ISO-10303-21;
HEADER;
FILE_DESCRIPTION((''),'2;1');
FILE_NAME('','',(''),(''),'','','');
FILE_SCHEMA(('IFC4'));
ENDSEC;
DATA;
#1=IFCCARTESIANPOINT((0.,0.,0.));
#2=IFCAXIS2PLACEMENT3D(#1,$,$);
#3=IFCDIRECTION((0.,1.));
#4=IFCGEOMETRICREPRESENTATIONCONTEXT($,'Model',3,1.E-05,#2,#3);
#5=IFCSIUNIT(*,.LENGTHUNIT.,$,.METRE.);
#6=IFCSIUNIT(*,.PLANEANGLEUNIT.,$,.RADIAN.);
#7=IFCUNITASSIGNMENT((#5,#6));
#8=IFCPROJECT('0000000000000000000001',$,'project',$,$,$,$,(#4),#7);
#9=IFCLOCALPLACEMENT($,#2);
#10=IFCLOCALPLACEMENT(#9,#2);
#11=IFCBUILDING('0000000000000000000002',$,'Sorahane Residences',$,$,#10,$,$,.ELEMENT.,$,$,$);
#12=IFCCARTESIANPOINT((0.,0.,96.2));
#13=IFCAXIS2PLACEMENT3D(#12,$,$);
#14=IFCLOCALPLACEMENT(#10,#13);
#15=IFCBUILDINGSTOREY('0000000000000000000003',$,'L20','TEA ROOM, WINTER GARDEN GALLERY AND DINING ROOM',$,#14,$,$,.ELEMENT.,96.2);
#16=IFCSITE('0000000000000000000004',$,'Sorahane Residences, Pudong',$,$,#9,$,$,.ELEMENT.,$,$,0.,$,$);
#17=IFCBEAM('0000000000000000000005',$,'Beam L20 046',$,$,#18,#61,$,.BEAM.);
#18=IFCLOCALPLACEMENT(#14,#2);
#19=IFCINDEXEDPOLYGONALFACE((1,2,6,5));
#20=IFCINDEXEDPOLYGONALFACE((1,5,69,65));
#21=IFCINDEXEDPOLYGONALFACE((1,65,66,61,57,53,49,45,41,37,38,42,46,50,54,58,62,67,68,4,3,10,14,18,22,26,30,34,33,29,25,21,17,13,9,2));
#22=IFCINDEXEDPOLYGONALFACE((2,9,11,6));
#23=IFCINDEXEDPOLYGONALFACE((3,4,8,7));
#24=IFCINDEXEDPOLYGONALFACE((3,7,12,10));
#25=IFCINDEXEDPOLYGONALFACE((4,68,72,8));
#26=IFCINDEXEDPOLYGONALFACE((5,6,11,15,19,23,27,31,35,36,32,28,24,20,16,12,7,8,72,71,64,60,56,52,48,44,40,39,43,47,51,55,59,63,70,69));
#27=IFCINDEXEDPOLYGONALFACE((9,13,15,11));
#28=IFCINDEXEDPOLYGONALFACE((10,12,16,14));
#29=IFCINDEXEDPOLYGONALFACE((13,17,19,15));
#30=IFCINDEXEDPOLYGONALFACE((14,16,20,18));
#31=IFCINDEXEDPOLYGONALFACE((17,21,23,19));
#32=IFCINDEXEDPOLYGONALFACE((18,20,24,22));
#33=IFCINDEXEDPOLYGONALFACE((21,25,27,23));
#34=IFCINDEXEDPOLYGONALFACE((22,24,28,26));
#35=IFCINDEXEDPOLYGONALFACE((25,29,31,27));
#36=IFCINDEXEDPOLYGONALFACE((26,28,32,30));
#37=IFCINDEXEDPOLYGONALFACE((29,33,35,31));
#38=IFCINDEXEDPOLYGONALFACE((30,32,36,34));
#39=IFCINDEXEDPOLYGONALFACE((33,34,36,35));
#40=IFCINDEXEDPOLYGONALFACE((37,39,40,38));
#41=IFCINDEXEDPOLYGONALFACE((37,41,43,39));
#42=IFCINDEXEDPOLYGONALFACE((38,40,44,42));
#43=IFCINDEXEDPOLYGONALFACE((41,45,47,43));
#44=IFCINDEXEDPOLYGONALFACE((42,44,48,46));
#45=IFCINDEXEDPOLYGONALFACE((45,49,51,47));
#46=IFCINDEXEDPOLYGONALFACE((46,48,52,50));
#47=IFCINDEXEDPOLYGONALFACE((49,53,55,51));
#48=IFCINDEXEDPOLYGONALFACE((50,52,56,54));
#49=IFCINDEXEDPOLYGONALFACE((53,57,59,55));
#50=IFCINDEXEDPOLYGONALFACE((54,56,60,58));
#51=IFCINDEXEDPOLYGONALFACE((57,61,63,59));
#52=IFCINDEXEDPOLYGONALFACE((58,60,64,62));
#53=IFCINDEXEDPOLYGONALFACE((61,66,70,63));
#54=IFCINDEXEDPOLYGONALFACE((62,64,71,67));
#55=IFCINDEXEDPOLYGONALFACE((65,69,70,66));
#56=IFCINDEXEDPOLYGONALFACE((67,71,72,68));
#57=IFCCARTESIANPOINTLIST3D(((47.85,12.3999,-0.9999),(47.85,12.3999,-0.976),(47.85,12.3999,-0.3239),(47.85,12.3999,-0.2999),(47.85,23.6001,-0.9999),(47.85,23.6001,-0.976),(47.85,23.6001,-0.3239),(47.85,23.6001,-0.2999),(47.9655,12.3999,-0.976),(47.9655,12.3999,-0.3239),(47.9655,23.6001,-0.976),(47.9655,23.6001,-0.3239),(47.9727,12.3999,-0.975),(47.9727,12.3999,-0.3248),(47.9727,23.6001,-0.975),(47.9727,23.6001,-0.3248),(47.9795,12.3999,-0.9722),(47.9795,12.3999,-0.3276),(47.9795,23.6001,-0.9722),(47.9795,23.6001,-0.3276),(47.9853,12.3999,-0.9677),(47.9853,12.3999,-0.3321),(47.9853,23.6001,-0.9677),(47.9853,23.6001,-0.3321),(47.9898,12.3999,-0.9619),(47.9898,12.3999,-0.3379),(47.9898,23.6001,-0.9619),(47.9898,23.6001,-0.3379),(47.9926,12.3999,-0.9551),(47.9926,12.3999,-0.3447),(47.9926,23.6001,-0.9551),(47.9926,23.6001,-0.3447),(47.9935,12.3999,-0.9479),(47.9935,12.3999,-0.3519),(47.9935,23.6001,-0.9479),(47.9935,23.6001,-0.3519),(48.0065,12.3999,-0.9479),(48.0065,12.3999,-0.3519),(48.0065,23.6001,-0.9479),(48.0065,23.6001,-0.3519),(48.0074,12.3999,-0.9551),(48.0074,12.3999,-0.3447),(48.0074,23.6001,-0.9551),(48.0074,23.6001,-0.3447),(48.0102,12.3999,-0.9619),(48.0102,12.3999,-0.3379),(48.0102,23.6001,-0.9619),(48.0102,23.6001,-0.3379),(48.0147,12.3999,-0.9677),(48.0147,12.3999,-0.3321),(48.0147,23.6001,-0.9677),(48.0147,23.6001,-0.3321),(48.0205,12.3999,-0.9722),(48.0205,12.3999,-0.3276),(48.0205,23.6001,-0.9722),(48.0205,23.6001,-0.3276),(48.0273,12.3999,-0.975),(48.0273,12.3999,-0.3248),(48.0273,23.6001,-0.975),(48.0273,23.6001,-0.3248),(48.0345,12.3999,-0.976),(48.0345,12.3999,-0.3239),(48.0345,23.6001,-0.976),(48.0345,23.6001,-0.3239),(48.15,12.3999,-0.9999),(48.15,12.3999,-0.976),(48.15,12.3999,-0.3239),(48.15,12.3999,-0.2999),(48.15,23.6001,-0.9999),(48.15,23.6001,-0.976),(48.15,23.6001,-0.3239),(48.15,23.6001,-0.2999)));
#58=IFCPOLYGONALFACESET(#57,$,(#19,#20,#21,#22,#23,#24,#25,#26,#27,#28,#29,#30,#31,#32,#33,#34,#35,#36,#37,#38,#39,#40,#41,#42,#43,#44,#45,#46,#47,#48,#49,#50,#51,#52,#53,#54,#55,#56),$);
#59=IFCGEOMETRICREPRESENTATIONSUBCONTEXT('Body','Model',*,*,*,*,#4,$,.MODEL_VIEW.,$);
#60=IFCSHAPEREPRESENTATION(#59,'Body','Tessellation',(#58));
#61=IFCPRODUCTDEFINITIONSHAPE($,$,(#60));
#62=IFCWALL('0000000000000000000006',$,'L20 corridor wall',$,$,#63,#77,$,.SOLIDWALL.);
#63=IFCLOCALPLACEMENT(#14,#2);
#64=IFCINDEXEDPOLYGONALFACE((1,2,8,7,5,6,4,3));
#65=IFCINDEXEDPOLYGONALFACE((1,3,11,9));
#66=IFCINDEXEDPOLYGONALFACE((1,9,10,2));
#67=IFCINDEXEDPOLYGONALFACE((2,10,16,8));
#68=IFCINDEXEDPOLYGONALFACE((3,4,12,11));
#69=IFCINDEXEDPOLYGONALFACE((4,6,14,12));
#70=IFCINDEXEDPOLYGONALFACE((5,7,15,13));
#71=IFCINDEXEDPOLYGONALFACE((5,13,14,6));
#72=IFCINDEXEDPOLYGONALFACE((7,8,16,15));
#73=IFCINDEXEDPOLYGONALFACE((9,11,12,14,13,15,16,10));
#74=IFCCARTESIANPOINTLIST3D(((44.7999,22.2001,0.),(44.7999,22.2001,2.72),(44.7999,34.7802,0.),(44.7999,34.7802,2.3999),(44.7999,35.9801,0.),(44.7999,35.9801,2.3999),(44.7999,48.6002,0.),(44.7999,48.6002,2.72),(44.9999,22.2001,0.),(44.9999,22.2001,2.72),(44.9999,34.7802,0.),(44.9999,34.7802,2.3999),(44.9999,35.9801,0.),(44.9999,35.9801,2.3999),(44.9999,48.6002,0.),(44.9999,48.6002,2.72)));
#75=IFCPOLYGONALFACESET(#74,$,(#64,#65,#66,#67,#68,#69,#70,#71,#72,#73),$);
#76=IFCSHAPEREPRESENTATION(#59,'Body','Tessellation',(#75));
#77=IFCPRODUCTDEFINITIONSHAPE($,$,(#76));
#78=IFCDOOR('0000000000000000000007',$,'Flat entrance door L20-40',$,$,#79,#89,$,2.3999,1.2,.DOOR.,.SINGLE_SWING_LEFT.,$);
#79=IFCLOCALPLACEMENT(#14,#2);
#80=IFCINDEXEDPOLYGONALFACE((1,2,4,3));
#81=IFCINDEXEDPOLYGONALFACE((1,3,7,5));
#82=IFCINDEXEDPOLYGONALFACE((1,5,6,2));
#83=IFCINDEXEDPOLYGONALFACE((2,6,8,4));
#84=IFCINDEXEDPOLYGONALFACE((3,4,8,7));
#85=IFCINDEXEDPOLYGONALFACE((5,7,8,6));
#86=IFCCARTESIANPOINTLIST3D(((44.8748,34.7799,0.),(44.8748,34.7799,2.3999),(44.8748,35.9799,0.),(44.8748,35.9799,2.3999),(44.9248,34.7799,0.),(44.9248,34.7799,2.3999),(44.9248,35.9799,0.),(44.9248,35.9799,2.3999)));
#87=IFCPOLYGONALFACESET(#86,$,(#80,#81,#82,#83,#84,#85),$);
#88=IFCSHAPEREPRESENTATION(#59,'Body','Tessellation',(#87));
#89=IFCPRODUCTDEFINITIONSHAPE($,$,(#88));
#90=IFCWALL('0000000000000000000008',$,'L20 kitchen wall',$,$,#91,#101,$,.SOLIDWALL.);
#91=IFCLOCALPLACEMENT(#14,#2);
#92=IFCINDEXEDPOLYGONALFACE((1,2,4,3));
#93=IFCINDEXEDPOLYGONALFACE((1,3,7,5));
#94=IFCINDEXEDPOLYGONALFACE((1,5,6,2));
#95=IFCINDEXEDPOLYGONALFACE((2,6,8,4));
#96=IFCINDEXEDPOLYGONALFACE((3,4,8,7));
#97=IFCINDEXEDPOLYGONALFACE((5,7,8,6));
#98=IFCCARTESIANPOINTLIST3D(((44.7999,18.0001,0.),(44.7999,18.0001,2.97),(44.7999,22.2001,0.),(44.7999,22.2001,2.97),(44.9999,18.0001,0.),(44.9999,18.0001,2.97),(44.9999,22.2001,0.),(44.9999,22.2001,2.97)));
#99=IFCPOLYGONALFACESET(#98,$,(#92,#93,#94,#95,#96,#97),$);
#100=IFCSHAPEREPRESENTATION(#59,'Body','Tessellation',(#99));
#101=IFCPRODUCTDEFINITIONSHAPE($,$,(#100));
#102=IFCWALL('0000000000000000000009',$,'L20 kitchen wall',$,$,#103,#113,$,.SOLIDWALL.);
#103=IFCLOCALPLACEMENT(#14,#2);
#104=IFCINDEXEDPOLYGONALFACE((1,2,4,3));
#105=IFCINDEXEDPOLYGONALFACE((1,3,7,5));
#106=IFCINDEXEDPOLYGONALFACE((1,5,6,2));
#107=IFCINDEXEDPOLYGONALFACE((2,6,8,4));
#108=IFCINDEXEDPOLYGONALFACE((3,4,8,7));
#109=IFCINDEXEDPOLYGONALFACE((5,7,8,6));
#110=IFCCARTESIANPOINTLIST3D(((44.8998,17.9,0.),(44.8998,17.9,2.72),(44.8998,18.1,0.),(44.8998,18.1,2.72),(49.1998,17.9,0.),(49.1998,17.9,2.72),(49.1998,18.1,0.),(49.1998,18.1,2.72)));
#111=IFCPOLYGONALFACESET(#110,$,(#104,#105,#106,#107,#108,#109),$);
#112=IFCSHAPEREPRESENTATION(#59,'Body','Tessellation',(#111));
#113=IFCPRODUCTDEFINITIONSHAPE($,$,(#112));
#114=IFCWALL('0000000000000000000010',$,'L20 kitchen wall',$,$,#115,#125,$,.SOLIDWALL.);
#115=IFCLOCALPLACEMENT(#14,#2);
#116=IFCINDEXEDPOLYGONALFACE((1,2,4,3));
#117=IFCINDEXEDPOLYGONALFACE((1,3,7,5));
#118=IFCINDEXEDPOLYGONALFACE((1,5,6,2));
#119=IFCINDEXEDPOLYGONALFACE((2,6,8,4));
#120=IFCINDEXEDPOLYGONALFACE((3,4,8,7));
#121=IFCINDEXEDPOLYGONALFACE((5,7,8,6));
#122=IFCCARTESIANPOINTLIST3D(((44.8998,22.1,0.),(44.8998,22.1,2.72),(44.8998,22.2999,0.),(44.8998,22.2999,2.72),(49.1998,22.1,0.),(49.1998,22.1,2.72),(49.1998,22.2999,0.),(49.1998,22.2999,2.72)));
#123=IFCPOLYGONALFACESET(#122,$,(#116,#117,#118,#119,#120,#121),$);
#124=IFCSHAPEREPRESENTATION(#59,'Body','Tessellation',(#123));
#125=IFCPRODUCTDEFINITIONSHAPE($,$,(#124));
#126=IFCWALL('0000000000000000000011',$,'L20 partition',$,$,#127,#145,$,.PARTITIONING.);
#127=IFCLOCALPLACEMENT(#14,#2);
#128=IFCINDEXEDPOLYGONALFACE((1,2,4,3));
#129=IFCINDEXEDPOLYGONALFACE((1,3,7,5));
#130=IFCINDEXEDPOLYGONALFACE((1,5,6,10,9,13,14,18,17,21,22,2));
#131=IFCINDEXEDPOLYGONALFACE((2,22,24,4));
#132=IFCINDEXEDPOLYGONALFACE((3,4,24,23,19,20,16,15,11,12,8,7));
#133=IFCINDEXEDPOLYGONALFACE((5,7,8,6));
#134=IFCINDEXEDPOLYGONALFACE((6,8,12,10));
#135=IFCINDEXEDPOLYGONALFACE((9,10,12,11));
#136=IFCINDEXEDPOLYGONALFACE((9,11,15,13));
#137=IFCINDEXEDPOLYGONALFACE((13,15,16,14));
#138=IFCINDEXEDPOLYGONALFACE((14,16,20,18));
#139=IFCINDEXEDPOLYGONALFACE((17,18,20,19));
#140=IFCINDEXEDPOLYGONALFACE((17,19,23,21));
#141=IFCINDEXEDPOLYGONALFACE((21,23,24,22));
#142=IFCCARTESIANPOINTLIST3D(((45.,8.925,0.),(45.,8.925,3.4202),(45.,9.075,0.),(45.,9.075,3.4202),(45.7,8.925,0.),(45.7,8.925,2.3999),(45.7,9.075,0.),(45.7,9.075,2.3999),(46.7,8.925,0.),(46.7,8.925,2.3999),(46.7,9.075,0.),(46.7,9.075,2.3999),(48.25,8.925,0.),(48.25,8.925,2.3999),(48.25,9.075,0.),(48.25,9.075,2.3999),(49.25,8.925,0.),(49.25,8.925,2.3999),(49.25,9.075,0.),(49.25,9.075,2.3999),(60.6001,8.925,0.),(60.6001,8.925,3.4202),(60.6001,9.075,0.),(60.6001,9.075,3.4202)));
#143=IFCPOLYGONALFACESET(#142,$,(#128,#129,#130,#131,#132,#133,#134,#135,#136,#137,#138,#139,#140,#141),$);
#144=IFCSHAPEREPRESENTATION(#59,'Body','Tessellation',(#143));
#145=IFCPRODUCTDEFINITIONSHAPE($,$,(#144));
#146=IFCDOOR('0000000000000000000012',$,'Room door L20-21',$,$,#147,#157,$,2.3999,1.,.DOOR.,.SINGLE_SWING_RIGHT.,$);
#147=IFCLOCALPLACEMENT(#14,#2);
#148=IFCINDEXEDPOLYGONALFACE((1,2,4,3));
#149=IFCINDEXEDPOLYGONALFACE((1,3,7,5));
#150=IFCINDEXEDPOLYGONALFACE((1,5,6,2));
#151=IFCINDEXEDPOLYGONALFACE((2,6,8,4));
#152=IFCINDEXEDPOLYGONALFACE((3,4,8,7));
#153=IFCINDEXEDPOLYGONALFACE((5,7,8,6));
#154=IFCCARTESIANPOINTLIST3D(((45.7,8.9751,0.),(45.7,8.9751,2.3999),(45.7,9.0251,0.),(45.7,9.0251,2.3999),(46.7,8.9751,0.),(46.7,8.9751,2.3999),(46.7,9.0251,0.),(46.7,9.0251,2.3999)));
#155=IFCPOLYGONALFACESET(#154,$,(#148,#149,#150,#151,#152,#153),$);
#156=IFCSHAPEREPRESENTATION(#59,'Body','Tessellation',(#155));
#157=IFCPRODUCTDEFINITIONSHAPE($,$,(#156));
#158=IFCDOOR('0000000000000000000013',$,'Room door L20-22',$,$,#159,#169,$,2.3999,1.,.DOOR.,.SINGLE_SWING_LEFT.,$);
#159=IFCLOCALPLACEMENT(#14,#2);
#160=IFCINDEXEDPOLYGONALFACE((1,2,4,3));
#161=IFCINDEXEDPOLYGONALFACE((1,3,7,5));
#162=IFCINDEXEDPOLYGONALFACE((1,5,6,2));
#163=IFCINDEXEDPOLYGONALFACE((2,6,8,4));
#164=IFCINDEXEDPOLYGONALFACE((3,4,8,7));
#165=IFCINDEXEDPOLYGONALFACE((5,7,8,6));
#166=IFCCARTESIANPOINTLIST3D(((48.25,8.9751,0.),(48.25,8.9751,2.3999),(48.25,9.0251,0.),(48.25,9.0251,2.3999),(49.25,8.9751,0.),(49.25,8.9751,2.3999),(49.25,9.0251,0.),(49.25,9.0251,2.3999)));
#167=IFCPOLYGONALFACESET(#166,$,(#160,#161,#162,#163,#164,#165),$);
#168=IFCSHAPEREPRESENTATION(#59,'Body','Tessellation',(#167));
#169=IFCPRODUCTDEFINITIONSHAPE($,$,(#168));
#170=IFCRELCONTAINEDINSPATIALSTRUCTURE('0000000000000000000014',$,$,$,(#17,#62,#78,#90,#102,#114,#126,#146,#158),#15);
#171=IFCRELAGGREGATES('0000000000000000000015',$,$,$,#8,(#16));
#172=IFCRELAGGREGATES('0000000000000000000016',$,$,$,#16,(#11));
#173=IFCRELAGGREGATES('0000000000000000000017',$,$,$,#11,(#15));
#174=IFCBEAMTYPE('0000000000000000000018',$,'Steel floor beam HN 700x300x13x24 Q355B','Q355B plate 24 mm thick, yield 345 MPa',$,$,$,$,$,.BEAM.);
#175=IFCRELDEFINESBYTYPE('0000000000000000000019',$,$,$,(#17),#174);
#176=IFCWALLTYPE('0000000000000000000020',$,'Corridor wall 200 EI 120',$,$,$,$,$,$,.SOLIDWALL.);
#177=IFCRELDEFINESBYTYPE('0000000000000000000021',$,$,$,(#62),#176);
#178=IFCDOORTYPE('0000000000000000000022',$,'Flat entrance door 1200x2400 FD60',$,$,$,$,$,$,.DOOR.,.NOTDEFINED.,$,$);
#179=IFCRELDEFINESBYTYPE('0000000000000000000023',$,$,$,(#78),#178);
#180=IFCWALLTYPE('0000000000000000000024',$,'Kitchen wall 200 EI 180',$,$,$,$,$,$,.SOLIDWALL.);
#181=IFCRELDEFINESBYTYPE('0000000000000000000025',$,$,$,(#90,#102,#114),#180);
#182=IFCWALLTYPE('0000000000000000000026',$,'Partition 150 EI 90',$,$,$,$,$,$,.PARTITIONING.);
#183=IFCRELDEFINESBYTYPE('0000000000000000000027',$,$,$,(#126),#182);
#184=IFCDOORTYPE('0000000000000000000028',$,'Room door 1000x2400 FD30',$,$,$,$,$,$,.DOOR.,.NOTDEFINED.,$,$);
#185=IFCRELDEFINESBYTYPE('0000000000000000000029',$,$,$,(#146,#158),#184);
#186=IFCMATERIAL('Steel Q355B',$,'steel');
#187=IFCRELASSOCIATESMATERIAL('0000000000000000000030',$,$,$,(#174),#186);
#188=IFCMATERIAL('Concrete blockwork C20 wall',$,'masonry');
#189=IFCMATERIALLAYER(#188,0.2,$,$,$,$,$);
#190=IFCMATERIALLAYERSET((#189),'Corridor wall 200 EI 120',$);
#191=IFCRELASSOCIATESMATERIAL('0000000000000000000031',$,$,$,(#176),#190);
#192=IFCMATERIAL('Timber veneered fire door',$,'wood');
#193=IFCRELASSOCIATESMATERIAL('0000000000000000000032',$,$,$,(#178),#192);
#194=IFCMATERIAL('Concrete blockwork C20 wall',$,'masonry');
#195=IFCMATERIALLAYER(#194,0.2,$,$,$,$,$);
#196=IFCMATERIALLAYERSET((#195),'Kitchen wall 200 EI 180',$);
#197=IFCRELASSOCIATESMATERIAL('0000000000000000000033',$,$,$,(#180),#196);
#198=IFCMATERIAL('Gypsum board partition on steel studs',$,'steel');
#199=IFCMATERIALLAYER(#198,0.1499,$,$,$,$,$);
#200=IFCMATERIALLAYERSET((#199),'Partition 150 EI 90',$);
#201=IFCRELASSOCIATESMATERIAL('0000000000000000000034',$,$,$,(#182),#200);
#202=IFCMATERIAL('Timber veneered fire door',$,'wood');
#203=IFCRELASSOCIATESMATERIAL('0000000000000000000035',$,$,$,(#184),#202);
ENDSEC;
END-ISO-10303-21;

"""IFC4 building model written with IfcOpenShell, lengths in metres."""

from ifc_helpers import new_model, si_unit, direction, frame, frame_2d, origin, origin_2d, place, context, subcontext, project, spatial, rectangle, i_section, extrude, material, layer, layer_set, material_profile, profile_set, type_object, element, fill, save


model = new_model("IFC4")

# Units and contexts
model_context = context("Model", 3, precision=1e-05, world=origin(), true_north=direction((0.0, 1.0)))
body_context = subcontext(model_context, "Body", "Model", "MODEL_VIEW")
ifc_project = project(units=[si_unit("LENGTHUNIT", "METRE"), si_unit("PLANEANGLEUNIT", "RADIAN")], contexts=[model_context])

# Site, building, storey
site_placement = place(None, origin())
site = spatial("IfcSite", under=ifc_project, at=site_placement, Name="Sorahane Residences, Pudong", CompositionType="ELEMENT", RefElevation=0.0)
building_placement = place(site_placement, origin())
building = spatial("IfcBuilding", under=site, at=building_placement, Name="Sorahane Residences", CompositionType="ELEMENT")
storey_placement = place(building_placement, frame((0.0, 0.0, 96.2)))
storey = spatial("IfcBuildingStorey", under=building, at=storey_placement, Name="L20", Description="TEA ROOM, WINTER GARDEN GALLERY AND DINING ROOM", CompositionType="ELEMENT", Elevation=96.2)

# Beam
ifc_material_1 = material(Name="Steel Q355B", Category="steel")
ifc_material_profile_1 = material_profile(ifc_material_1, i_section(OverallWidth=0.3, OverallDepth=0.7, WebThickness=0.0129, FlangeThickness=0.0239, FilletRadius=0.0281, at=origin_2d()), Name="HN 700x300x13x24")
ifc_profile_set_1 = profile_set([ifc_material_profile_1], Name="Steel Q355B")
beam_type_1 = type_object("IfcBeamType", Name="Steel floor beam HN 700x300x13x24 Q355B", Description="Q355B plate 24 mm thick, yield 345 MPa", PredefinedType="BEAM", material=ifc_profile_set_1)
beam_1_placement = place(storey_placement, frame((48.0, 12.3999, -0.6499), z_axis=(0.0, 1.0, 0.0), x_axis=(-1.0, 0.0, 0.0)))
element("IfcBeam", 1, at=beam_1_placement, inside=storey, type_object=beam_type_1, Name="Beam L20 046", PredefinedType="BEAM", context=body_context, shape_type="SweptSolid", body=[
    extrude(i_section(OverallWidth=0.3, OverallDepth=0.7, WebThickness=0.0129, FlangeThickness=0.0239, FilletRadius=0.0281, at=origin_2d()), origin(), (0.0, 0.0, 1.0), 11.2002),
])

# Wall, opening, door
ifc_material_2 = material(Name="Concrete blockwork C20 wall", Category="masonry")
ifc_layer_1 = layer(ifc_material_2, 0.2)
ifc_layer_set_1 = layer_set([ifc_layer_1], Name="Corridor wall 200 EI 120")
wall_type_1 = type_object("IfcWallType", Name="Corridor wall 200 EI 120", PredefinedType="SOLIDWALL", material=ifc_layer_set_1)
wall_1_placement = place(storey_placement, frame((44.8999, 22.2, 0.0), z_axis=(0.0, 0.0, 1.0), x_axis=(0.0, 1.0, 0.0)))
wall_1 = element("IfcWall", 2, at=wall_1_placement, inside=storey, type_object=wall_type_1, Name="L20 corridor wall", PredefinedType="SOLIDWALL", context=body_context, shape_type="SweptSolid", body=[
    extrude(rectangle(XDim=26.4001, YDim=0.2, at=frame_2d((13.2002, 0.0))), origin(), (0.0, 0.0, 1.0), 2.72),
])
opening_1_placement = place(wall_1_placement, frame((12.5801, 0.0, 0.0)))
opening_1 = element("IfcOpeningElement", 3, at=opening_1_placement, cuts=wall_1, PredefinedType="OPENING", context=body_context, shape_type="SweptSolid", body=[
    extrude(rectangle(XDim=1.2, YDim=2.3999, at=frame_2d((0.6001, 1.2))), frame((0.0, 0.1099, 0.0), z_axis=(0.0, -1.0, 0.0), x_axis=(1.0, 0.0, 0.0)), (0.0, 0.0, 1.0), 0.22),
])
ifc_material_3 = material(Name="Timber veneered fire door", Category="wood")
door_type_1 = type_object("IfcDoorType", Name="Flat entrance door 1200x2400 FD60", OperationType="NOTDEFINED", PredefinedType="DOOR", material=ifc_material_3)
door_1_placement = place(opening_1_placement, frame((1.2, 0.0, 0.0), z_axis=(0.0, 0.0, 1.0), x_axis=(-1.0, 0.0, 0.0)))
door_1 = element("IfcDoor", 4, at=door_1_placement, inside=storey, type_object=door_type_1, Name="Flat entrance door L20-40", OperationType="SINGLE_SWING_LEFT", OverallHeight=2.3999, OverallWidth=1.2, PredefinedType="DOOR", context=body_context, shape_type="SweptSolid", body=[
    extrude(rectangle(XDim=1.2, YDim=2.3999, at=frame_2d((0.6001, 1.2))), frame((0.0, 0.0249, 0.0), z_axis=(0.0, -1.0, 0.0), x_axis=(1.0, 0.0, 0.0)), (0.0, 0.0, 1.0), 0.05),
])
fill(opening_1, door_1)

# Walls
ifc_material_4 = material(Name="Concrete blockwork C20 wall", Category="masonry")
ifc_layer_2 = layer(ifc_material_4, 0.2)
ifc_layer_set_2 = layer_set([ifc_layer_2], Name="Kitchen wall 200 EI 180")
wall_type_2 = type_object("IfcWallType", Name="Kitchen wall 200 EI 180", PredefinedType="SOLIDWALL", material=ifc_layer_set_2)
wall_2_placement = place(storey_placement, frame((44.8999, 18.0, 0.0), z_axis=(0.0, 0.0, 1.0), x_axis=(0.0, 1.0, 0.0)))
element("IfcWall", 5, at=wall_2_placement, inside=storey, type_object=wall_type_2, Name="L20 kitchen wall", PredefinedType="SOLIDWALL", context=body_context, shape_type="SweptSolid", body=[
    extrude(rectangle(XDim=4.2, YDim=0.2, at=frame_2d((2.1001, 0.0))), origin(), (0.0, 0.0, 1.0), 2.97),
])
for number, where, z_axis, x_axis, name in (
    (6, (44.8999, 18.0, 0.0), (0.0, 0.0, 1.0), (1.0, 0.0, 0.0), "L20 kitchen wall"),
    (7, (44.8999, 22.2, 0.0), (0.0, 0.0, 1.0), (1.0, 0.0, 0.0), "L20 kitchen wall"),
):
    element("IfcWall", number, at=place(storey_placement, frame(where, z_axis=z_axis, x_axis=x_axis)), inside=storey, type_object=wall_type_2, Name=name, PredefinedType="SOLIDWALL", context=body_context, shape_type="SweptSolid", body=[
        extrude(rectangle(XDim=4.3, YDim=0.2, at=frame_2d((2.1499, 0.0))), origin(), (0.0, 0.0, 1.0), 2.72),
    ])

# Wall, openings, doors
ifc_material_5 = material(Name="Gypsum board partition on steel studs", Category="steel")
ifc_layer_3 = layer(ifc_material_5, 0.1499)
ifc_layer_set_3 = layer_set([ifc_layer_3], Name="Partition 150 EI 90")
wall_type_3 = type_object("IfcWallType", Name="Partition 150 EI 90", PredefinedType="PARTITIONING", material=ifc_layer_set_3)
wall_3_placement = place(storey_placement, frame((45.0, 9.0, 0.0), z_axis=(0.0, 0.0, 1.0), x_axis=(1.0, 0.0, 0.0)))
wall_3 = element("IfcWall", 8, at=wall_3_placement, inside=storey, type_object=wall_type_3, Name="L20 partition", PredefinedType="PARTITIONING", context=body_context, shape_type="SweptSolid", body=[
    extrude(rectangle(XDim=15.6001, YDim=0.1499, at=frame_2d((7.8, 0.0))), origin(), (0.0, 0.0, 1.0), 3.4202),
])
opening_2_placement = place(wall_3_placement, frame((0.7, 0.0, 0.0)))
opening_2 = element("IfcOpeningElement", 9, at=opening_2_placement, cuts=wall_3, PredefinedType="OPENING", context=body_context, shape_type="SweptSolid", body=[
    extrude(rectangle(XDim=1.0, YDim=2.3999, at=frame_2d((0.5, 1.2))), frame((0.0, 0.085, 0.0), z_axis=(0.0, -1.0, 0.0), x_axis=(1.0, 0.0, 0.0)), (0.0, 0.0, 1.0), 0.1699),
])
opening_3_placement = place(wall_3_placement, frame((3.25, 0.0, 0.0)))
opening_3 = element("IfcOpeningElement", 10, at=opening_3_placement, cuts=wall_3, PredefinedType="OPENING", context=body_context, shape_type="SweptSolid", body=[
    extrude(rectangle(XDim=1.0, YDim=2.3999, at=frame_2d((0.5, 1.2))), frame((0.0, 0.085, 0.0), z_axis=(0.0, -1.0, 0.0), x_axis=(1.0, 0.0, 0.0)), (0.0, 0.0, 1.0), 0.1699),
])
ifc_material_6 = material(Name="Timber veneered fire door", Category="wood")
door_type_2 = type_object("IfcDoorType", Name="Room door 1000x2400 FD30", OperationType="NOTDEFINED", PredefinedType="DOOR", material=ifc_material_6)
door_2_placement = place(opening_2_placement, frame((1.0, 0.0, 0.0), z_axis=(0.0, 0.0, 1.0), x_axis=(-1.0, 0.0, 0.0)))
door_2 = element("IfcDoor", 11, at=door_2_placement, inside=storey, type_object=door_type_2, Name="Room door L20-21", OperationType="SINGLE_SWING_RIGHT", OverallHeight=2.3999, OverallWidth=1.0, PredefinedType="DOOR", context=body_context, shape_type="SweptSolid", body=[
    extrude(rectangle(XDim=1.0, YDim=2.3999, at=frame_2d((0.5, 1.2))), frame((0.0, 0.0249, 0.0), z_axis=(0.0, -1.0, 0.0), x_axis=(1.0, 0.0, 0.0)), (0.0, 0.0, 1.0), 0.05),
])
fill(opening_2, door_2)
door_3_placement = place(opening_3_placement, frame((1.0, 0.0, 0.0), z_axis=(0.0, 0.0, 1.0), x_axis=(-1.0, 0.0, 0.0)))
door_3 = element("IfcDoor", 12, at=door_3_placement, inside=storey, type_object=door_type_2, Name="Room door L20-22", OperationType="SINGLE_SWING_LEFT", OverallHeight=2.3999, OverallWidth=1.0, PredefinedType="DOOR", context=body_context, shape_type="SweptSolid", body=[
    extrude(rectangle(XDim=1.0, YDim=2.3999, at=frame_2d((0.5, 1.2))), frame((0.0, 0.0249, 0.0), z_axis=(0.0, -1.0, 0.0), x_axis=(1.0, 0.0, 0.0)), (0.0, 0.0, 1.0), 0.05),
])
fill(opening_3, door_3)

save(model, "model.ifc")
